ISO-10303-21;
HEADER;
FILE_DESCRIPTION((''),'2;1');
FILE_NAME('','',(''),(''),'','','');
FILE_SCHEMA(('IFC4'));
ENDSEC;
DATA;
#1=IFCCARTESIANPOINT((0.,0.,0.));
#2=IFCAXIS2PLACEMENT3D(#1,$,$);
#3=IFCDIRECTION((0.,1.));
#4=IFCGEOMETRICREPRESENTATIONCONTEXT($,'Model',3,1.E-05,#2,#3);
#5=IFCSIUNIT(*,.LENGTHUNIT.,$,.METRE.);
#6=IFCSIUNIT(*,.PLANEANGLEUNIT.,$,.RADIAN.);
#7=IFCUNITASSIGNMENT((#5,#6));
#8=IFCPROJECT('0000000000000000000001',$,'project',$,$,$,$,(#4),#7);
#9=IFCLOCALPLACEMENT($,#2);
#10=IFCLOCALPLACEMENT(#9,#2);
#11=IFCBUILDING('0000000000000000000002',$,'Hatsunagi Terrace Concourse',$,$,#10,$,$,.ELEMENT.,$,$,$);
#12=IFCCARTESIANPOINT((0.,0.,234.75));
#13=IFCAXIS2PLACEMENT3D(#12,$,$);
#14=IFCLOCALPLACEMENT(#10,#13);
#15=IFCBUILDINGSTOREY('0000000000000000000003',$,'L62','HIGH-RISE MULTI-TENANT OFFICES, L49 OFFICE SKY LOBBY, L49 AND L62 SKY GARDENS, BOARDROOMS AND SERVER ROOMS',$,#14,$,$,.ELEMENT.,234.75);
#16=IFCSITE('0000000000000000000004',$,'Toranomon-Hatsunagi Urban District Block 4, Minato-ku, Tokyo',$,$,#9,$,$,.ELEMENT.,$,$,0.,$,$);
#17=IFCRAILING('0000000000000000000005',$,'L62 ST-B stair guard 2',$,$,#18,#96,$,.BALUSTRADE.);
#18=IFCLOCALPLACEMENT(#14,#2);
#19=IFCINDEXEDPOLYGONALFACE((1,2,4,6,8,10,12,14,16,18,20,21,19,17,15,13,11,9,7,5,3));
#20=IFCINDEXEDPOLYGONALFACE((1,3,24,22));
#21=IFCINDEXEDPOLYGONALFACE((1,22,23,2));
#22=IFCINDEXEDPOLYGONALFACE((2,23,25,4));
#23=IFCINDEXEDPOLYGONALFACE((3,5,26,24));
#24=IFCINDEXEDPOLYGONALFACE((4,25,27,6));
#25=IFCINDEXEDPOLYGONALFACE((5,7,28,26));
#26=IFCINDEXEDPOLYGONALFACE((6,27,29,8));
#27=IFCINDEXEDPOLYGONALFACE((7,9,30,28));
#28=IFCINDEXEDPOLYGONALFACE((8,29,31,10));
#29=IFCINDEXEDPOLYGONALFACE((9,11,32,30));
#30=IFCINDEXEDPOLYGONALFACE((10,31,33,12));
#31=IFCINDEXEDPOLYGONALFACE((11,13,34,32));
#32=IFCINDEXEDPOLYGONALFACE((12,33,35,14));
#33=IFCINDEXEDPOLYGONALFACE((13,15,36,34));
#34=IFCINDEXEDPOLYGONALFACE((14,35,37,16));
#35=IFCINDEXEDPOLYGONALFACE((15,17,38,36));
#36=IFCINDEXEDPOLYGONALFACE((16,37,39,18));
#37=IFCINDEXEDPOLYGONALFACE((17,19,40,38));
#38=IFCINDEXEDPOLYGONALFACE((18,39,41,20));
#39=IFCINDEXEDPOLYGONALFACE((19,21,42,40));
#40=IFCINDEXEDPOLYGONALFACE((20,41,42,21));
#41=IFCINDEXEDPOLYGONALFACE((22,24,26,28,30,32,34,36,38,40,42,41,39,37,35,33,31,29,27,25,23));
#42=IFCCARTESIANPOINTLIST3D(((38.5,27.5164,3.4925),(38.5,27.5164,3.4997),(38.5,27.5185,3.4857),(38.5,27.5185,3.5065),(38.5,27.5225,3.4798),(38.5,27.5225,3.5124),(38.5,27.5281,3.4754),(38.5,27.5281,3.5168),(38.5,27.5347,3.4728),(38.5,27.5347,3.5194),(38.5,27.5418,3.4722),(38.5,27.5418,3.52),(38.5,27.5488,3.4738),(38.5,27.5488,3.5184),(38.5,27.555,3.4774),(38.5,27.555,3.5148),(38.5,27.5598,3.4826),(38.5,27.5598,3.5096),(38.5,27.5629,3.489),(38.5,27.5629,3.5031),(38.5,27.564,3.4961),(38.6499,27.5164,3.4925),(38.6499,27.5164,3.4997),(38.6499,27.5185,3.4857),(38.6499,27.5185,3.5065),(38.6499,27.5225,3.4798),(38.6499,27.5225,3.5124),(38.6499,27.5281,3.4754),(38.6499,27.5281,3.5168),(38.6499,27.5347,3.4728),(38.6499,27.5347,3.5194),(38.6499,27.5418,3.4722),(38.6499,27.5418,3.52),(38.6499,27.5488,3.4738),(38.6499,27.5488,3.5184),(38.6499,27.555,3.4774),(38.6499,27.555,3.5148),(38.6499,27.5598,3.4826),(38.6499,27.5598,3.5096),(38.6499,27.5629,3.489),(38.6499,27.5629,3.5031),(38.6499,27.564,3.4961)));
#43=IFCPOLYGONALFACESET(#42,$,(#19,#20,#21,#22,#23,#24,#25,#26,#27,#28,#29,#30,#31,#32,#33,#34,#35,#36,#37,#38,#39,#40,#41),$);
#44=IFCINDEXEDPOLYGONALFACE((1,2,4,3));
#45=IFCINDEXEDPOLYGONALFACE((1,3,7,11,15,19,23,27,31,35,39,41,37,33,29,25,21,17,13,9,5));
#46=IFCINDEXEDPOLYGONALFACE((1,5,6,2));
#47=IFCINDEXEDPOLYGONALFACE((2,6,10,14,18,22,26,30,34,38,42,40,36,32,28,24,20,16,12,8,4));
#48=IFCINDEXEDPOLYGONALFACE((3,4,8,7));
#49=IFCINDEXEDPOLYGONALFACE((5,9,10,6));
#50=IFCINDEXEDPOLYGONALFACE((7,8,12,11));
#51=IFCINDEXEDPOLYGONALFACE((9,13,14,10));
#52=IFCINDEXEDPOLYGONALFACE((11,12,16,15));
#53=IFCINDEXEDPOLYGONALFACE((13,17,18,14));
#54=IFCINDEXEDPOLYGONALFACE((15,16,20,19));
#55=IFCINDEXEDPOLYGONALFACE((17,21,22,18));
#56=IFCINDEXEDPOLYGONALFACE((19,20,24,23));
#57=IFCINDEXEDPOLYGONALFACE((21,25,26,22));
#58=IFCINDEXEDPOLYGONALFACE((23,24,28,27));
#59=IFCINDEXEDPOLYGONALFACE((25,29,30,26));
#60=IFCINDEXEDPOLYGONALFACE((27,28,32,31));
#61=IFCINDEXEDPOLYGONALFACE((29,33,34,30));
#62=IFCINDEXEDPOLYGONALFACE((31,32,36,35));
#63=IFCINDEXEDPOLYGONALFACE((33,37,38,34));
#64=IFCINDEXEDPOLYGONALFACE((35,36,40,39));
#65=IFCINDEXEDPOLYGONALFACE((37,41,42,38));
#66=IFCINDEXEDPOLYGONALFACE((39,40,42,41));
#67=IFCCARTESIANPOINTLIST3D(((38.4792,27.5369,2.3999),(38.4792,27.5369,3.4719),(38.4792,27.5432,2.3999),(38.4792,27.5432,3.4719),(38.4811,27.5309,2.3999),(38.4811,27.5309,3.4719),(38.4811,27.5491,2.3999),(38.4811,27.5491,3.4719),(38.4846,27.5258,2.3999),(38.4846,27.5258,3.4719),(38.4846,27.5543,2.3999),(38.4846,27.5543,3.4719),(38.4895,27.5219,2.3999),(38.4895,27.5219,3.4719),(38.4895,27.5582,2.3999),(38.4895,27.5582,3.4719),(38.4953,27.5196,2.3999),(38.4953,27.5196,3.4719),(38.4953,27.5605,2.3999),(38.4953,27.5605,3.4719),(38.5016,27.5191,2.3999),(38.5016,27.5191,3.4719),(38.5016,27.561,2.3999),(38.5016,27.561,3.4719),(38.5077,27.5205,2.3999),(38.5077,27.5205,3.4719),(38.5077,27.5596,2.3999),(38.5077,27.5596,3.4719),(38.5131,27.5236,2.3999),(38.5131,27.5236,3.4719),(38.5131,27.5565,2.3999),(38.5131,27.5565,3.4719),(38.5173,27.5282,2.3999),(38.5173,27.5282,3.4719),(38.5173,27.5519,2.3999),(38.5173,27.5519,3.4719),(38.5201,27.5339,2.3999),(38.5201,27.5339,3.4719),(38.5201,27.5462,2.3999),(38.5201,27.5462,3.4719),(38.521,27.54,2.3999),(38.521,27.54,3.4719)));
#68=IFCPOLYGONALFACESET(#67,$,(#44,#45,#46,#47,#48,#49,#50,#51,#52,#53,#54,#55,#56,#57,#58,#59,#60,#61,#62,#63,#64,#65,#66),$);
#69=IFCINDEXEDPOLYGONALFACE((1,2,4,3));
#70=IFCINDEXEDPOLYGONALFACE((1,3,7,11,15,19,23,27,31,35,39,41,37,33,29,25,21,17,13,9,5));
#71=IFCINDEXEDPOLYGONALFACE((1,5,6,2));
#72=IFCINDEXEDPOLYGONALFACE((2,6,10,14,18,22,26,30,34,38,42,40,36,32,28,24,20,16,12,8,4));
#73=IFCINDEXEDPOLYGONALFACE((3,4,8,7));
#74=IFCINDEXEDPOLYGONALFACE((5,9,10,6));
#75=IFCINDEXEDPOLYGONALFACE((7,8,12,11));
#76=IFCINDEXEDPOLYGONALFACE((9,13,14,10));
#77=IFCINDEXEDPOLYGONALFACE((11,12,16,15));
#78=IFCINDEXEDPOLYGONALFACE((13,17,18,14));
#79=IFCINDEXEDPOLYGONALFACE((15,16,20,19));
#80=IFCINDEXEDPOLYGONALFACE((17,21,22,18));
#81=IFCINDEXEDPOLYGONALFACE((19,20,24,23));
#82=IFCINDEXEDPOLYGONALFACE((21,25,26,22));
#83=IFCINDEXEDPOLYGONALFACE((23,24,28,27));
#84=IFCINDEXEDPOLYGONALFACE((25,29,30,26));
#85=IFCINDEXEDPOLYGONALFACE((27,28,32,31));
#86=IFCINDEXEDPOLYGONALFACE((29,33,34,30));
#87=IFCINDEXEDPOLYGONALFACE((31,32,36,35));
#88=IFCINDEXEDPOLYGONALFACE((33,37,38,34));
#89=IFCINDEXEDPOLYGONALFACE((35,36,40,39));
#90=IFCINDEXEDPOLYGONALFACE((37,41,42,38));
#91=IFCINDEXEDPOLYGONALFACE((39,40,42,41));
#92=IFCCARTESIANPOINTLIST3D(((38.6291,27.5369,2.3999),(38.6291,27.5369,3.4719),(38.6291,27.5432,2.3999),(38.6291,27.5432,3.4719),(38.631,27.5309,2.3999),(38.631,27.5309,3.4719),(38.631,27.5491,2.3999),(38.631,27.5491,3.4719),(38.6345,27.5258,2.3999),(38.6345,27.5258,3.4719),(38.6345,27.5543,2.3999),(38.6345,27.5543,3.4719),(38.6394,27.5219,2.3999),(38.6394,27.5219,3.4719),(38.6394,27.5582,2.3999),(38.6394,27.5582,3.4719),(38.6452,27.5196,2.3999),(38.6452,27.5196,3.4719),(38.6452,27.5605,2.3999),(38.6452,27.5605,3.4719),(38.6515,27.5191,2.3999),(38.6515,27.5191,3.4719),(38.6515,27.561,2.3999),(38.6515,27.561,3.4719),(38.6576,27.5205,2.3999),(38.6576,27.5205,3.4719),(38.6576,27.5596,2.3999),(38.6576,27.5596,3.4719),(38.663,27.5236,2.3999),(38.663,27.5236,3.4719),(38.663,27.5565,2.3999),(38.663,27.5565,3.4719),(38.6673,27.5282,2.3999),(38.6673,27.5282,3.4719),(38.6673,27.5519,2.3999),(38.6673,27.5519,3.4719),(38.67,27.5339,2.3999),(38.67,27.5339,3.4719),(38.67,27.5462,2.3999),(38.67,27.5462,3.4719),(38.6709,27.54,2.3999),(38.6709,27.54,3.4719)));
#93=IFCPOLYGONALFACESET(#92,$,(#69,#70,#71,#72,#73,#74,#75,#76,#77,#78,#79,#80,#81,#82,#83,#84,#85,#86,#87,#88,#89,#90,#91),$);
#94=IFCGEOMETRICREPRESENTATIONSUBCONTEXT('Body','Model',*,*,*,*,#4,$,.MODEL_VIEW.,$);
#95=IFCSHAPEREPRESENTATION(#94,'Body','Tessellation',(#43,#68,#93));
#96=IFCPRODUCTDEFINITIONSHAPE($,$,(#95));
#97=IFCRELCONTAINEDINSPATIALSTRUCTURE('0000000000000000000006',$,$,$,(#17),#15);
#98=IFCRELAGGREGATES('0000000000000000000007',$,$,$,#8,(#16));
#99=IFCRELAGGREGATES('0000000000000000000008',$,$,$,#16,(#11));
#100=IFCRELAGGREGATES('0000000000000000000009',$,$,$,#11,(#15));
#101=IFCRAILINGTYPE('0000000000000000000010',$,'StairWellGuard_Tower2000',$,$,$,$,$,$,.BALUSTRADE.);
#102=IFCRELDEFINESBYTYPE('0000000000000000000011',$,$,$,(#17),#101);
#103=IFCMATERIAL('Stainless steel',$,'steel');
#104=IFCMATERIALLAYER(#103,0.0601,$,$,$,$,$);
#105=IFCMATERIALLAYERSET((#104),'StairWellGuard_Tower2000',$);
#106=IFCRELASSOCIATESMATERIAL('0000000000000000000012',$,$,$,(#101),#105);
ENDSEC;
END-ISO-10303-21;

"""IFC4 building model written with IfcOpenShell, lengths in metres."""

from ifc_helpers import new_model, si_unit, direction, frame, origin, origin_2d, place, context, subcontext, project, spatial, circle, extrude, material, layer, layer_set, type_object, element, save


model = new_model("IFC4")

# Units and contexts
model_context = context("Model", 3, precision=1e-05, world=origin(), true_north=direction((0.0, 1.0)))
body_context = subcontext(model_context, "Body", "Model", "MODEL_VIEW")
ifc_project = project(units=[si_unit("LENGTHUNIT", "METRE"), si_unit("PLANEANGLEUNIT", "RADIAN")], contexts=[model_context])

# Site, building, storey
site_placement = place(None, origin())
site = spatial("IfcSite", under=ifc_project, at=site_placement, Name="Toranomon-Hatsunagi Urban District Block 4, Minato-ku, Tokyo", CompositionType="ELEMENT", RefElevation=0.0)
building_placement = place(site_placement, origin())
building = spatial("IfcBuilding", under=site, at=building_placement, Name="Hatsunagi Terrace Concourse", CompositionType="ELEMENT")
storey_placement = place(building_placement, frame((0.0, 0.0, 234.75)))
storey = spatial("IfcBuildingStorey", under=building, at=storey_placement, Name="L62", Description="HIGH-RISE MULTI-TENANT OFFICES, L49 OFFICE SKY LOBBY, L49 AND L62 SKY GARDENS, BOARDROOMS AND SERVER ROOMS", CompositionType="ELEMENT", Elevation=234.75)

# Railing
ifc_material_1 = material(Name="Stainless steel", Category="steel")
ifc_layer_1 = layer(ifc_material_1, 0.0601)
ifc_layer_set_1 = layer_set([ifc_layer_1], Name="StairWellGuard_Tower2000")
railing_type_1 = type_object("IfcRailingType", Name="StairWellGuard_Tower2000", PredefinedType="BALUSTRADE", material=ifc_layer_set_1)
railing_1_placement = place(storey_placement, frame((38.5, 27.54, 2.3999)))
element("IfcRailing", 1, at=railing_1_placement, inside=storey, type_object=railing_type_1, Name="L62 ST-B stair guard 2", PredefinedType="BALUSTRADE", context=body_context, shape_type="SweptSolid", body=[
    extrude(circle(Radius=0.0239, at=origin_2d()), frame((0.0, 0.0, 1.0962), z_axis=(1.0, 0.0, 0.0), x_axis=(0.0, 1.0, 0.0)), (0.0, 0.0, 1.0), 0.1499),
    extrude(circle(Radius=0.021, at=origin_2d()), origin(), (0.0, 0.0, 1.0), 1.072),
    extrude(circle(Radius=0.021, at=origin_2d()), frame((0.1499, 0.0, 0.0)), (0.0, 0.0, 1.0), 1.072),
])

save(model, "model.ifc")
